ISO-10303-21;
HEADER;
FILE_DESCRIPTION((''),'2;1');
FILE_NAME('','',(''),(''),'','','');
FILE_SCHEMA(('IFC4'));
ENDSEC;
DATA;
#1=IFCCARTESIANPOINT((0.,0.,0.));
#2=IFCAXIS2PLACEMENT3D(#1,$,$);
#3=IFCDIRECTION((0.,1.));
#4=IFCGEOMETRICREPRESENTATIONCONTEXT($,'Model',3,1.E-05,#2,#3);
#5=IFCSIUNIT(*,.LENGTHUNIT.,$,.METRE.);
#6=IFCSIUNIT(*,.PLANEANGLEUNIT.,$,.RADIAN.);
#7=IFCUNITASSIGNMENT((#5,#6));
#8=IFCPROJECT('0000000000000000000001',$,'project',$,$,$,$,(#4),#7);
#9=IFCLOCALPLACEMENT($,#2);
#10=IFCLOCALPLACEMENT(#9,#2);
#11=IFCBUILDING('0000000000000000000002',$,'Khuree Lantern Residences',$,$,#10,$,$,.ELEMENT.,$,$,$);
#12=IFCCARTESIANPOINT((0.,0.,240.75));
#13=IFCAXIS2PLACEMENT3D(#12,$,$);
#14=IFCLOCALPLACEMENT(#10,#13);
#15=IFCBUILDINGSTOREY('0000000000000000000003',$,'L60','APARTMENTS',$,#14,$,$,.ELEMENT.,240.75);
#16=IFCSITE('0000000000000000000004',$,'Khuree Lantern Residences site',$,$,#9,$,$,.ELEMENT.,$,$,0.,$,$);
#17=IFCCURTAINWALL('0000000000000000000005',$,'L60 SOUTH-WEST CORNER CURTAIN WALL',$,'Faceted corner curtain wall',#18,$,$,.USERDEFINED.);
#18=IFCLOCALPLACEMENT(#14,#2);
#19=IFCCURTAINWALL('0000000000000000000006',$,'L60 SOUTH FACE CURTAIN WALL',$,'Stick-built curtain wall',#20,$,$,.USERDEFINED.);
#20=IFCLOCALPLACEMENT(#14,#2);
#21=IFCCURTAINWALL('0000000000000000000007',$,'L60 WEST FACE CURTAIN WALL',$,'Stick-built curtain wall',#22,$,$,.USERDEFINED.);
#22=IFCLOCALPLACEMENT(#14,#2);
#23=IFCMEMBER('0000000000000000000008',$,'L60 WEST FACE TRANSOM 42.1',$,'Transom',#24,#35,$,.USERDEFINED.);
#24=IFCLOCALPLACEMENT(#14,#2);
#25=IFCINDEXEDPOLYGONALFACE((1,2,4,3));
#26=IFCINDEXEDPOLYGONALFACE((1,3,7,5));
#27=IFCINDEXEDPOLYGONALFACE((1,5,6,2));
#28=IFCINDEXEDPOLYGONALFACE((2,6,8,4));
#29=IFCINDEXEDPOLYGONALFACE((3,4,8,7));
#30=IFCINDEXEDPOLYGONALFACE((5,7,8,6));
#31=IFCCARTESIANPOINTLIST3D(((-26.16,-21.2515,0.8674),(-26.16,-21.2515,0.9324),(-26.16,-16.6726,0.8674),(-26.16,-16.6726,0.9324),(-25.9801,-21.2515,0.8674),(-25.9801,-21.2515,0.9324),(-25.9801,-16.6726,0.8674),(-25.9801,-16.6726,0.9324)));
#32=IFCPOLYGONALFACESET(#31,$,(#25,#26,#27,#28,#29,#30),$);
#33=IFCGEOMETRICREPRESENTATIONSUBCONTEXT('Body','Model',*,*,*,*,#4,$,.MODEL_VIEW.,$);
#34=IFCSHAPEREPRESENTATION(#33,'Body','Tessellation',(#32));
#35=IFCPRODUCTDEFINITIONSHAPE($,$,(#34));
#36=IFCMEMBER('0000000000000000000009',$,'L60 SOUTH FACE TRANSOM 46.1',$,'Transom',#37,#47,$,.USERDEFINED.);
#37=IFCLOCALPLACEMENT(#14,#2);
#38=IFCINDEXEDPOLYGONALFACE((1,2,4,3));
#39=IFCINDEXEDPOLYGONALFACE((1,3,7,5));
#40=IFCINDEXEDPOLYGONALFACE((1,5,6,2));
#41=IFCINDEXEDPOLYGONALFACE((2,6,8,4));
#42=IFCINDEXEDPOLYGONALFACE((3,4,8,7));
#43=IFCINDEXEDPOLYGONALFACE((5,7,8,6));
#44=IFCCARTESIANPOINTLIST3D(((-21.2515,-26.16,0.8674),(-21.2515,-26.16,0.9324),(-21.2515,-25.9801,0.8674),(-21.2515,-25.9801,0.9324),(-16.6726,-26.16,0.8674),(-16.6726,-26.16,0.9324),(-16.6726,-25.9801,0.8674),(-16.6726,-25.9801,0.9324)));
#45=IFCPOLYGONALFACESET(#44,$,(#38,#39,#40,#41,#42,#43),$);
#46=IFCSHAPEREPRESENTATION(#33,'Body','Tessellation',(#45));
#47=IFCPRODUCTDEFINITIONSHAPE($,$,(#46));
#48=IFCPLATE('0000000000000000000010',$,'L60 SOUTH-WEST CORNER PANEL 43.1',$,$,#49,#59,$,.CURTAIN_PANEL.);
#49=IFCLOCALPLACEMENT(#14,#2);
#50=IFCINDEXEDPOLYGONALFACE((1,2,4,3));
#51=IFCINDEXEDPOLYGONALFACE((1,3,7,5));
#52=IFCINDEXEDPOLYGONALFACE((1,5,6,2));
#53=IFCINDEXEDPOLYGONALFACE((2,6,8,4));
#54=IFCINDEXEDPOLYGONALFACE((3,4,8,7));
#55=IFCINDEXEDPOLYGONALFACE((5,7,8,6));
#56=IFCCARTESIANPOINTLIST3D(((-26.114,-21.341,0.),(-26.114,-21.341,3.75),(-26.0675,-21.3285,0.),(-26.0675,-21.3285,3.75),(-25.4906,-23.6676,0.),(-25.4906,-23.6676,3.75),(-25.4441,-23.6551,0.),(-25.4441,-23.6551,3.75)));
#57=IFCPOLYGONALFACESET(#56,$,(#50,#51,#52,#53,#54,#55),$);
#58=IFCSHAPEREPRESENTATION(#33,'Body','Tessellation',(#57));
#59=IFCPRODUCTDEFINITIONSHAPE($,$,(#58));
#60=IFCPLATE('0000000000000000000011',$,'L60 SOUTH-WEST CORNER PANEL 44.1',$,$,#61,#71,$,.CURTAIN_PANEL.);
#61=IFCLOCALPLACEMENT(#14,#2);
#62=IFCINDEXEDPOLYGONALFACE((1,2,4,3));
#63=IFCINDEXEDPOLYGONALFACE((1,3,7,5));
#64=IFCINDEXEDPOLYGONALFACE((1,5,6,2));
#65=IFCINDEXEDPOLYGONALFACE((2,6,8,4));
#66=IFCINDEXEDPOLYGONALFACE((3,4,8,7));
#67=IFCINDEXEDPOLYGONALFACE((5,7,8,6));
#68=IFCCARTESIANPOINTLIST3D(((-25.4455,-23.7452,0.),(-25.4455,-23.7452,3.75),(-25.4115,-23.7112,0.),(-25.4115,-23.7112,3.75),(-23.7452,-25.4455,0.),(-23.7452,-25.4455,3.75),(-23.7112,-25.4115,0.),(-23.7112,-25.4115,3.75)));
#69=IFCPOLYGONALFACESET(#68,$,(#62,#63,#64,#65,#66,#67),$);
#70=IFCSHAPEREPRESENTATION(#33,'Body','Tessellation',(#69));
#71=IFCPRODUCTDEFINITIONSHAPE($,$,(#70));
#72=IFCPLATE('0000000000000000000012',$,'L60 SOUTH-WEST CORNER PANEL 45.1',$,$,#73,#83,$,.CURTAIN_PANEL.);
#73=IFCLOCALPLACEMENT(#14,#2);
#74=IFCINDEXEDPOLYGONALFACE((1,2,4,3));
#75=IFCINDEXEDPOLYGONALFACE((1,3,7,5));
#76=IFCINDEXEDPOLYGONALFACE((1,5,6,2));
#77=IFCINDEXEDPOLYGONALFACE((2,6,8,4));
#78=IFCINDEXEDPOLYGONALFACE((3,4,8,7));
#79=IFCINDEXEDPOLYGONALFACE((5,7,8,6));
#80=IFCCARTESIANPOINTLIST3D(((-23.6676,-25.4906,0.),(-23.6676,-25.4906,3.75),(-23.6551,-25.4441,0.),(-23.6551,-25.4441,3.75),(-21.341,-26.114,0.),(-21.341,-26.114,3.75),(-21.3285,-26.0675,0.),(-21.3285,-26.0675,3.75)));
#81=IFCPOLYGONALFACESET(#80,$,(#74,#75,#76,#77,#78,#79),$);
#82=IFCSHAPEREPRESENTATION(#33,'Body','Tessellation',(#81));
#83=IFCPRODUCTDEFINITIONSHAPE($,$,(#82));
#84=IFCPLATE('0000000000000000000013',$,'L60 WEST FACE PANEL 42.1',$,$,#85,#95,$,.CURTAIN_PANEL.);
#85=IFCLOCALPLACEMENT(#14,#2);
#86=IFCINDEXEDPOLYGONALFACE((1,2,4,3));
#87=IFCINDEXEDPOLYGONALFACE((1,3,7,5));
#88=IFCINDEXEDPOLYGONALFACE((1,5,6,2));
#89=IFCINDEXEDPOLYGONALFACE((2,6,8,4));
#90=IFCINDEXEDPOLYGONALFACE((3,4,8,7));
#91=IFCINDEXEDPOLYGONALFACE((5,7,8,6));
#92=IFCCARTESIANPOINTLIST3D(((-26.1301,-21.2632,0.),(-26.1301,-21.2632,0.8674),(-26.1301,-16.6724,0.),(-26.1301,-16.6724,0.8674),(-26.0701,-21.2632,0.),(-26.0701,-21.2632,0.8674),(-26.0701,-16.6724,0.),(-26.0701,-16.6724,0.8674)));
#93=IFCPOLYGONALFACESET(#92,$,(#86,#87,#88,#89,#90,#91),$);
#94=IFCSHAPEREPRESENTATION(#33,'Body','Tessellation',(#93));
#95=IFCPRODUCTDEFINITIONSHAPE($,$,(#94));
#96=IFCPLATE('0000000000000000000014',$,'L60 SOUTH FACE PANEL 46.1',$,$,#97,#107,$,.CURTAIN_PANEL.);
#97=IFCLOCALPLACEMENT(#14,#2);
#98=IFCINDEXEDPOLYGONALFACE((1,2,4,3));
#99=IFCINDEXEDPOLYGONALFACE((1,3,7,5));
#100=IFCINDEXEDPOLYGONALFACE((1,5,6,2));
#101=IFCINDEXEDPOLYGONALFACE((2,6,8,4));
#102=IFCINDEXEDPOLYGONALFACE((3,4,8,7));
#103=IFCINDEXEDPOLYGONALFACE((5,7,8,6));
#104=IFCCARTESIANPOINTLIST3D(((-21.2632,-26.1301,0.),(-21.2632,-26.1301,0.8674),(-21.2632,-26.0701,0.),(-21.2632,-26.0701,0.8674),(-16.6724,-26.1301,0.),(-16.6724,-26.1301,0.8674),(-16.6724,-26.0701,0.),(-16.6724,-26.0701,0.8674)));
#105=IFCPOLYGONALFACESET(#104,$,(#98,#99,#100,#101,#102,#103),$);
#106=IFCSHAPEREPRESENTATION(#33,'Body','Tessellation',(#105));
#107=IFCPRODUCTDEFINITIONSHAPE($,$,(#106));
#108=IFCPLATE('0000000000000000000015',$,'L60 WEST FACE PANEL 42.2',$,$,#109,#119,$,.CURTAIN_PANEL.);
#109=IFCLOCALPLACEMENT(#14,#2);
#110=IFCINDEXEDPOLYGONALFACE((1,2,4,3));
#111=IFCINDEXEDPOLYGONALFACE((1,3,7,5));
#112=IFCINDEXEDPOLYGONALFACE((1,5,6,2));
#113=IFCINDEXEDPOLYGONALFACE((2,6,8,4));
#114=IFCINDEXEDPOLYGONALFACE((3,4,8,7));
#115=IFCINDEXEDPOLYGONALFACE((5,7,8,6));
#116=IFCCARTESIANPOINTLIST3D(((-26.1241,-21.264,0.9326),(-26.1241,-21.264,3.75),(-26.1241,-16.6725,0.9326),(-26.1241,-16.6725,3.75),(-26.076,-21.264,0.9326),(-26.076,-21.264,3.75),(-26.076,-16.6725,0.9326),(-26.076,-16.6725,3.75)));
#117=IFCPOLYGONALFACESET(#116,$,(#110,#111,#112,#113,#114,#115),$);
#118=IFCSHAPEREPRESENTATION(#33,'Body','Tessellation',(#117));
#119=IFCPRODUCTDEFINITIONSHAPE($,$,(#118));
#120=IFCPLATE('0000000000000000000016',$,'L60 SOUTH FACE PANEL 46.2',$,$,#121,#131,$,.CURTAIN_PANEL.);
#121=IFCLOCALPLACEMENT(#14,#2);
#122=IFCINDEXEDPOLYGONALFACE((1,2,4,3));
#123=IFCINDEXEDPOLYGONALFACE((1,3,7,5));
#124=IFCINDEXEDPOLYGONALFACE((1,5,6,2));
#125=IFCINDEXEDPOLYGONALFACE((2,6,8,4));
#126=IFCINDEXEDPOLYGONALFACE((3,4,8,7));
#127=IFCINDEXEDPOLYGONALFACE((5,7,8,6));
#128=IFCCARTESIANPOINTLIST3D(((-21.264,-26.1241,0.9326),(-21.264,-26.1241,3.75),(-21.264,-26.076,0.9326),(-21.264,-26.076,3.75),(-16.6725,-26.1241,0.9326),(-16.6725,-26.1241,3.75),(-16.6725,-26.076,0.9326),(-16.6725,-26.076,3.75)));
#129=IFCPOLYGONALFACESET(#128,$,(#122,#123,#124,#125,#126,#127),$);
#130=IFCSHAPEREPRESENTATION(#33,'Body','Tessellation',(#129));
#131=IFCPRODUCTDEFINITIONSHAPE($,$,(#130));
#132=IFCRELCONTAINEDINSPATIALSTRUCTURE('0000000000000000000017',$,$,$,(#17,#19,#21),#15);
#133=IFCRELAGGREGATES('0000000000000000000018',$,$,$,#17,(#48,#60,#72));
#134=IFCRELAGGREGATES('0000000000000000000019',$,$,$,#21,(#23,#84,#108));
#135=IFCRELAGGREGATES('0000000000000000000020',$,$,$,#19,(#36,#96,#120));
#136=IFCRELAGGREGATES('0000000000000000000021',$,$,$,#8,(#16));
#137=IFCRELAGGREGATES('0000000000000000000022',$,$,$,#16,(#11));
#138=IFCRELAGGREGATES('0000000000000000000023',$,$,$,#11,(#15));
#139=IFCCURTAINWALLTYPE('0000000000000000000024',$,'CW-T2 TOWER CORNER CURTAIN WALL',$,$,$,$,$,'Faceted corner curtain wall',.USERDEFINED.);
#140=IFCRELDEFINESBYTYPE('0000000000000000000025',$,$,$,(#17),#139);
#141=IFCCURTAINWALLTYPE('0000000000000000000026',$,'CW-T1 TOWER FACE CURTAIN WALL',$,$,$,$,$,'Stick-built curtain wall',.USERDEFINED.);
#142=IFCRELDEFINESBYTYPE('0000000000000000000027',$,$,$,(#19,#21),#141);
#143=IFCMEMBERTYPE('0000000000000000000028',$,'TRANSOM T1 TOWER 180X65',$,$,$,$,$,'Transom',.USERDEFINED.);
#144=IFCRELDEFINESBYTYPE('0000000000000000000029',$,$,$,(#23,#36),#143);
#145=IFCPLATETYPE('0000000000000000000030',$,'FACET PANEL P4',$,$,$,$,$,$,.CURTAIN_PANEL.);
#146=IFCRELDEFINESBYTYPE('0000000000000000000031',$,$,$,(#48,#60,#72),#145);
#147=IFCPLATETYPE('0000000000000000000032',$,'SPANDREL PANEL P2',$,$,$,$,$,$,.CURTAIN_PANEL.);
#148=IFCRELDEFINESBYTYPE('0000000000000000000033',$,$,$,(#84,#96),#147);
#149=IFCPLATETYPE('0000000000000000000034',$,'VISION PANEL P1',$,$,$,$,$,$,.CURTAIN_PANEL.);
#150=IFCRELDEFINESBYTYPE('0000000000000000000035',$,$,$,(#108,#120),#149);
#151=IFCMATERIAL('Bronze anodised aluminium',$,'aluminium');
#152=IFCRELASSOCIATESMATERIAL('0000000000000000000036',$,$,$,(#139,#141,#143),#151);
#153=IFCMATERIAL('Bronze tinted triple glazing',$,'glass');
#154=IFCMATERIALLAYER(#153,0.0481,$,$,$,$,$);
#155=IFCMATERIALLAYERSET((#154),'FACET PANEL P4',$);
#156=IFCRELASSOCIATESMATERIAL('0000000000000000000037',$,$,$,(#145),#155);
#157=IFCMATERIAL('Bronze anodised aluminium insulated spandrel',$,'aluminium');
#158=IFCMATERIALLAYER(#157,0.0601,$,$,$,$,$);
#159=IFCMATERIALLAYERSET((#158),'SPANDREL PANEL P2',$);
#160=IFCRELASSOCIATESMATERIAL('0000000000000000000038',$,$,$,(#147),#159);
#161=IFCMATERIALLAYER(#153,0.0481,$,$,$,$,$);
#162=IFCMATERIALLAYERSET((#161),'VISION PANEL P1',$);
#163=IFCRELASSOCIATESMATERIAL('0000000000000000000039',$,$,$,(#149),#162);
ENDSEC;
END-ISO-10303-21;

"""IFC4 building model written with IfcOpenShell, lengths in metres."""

from ifc_helpers import new_model, si_unit, direction, frame, origin, origin_2d, place, context, subcontext, project, spatial, rectangle, extrude, material, layer, layer_set, material_profile, profile_set, type_object, element, aggregate, save


model = new_model("IFC4")

# Units and contexts
model_context = context("Model", 3, precision=1e-05, world=origin(), true_north=direction((0.0, 1.0)))
body_context = subcontext(model_context, "Body", "Model", "MODEL_VIEW")
ifc_project = project(units=[si_unit("LENGTHUNIT", "METRE"), si_unit("PLANEANGLEUNIT", "RADIAN")], contexts=[model_context])

# Site, building, storey
site_placement = place(None, origin())
site = spatial("IfcSite", under=ifc_project, at=site_placement, Name="Khuree Lantern Residences site", CompositionType="ELEMENT", RefElevation=0.0)
building_placement = place(site_placement, origin())
building = spatial("IfcBuilding", under=site, at=building_placement, Name="Khuree Lantern Residences", CompositionType="ELEMENT")
storey_placement = place(building_placement, frame((0.0, 0.0, 240.75)))
storey = spatial("IfcBuildingStorey", under=building, at=storey_placement, Name="L60", Description="APARTMENTS", CompositionType="ELEMENT", Elevation=240.75)

# Curtain walls
ifc_material_1 = material(Name="Bronze anodised aluminium", Category="aluminium")
curtain_wall_type_1 = type_object("IfcCurtainWallType", Name="CW-T2 TOWER CORNER CURTAIN WALL", ElementType="Faceted corner curtain wall", PredefinedType="USERDEFINED", material=ifc_material_1)
curtain_wall_1_placement = place(storey_placement, origin())
curtain_wall_1 = element("IfcCurtainWall", 1, at=curtain_wall_1_placement, inside=storey, type_object=curtain_wall_type_1, Name="L60 SOUTH-WEST CORNER CURTAIN WALL", ObjectType="Faceted corner curtain wall", PredefinedType="USERDEFINED")
curtain_wall_type_2 = type_object("IfcCurtainWallType", Name="CW-T1 TOWER FACE CURTAIN WALL", ElementType="Stick-built curtain wall", PredefinedType="USERDEFINED", material=ifc_material_1)
curtain_wall_2_placement = place(storey_placement, origin())
curtain_wall_2 = element("IfcCurtainWall", 2, at=curtain_wall_2_placement, inside=storey, type_object=curtain_wall_type_2, Name="L60 SOUTH FACE CURTAIN WALL", ObjectType="Stick-built curtain wall", PredefinedType="USERDEFINED")

# Curtain wall
curtain_wall_3_placement = place(storey_placement, origin())
curtain_wall_3 = element("IfcCurtainWall", 3, at=curtain_wall_3_placement, inside=storey, type_object=curtain_wall_type_2, Name="L60 WEST FACE CURTAIN WALL", ObjectType="Stick-built curtain wall", PredefinedType="USERDEFINED")

# Members
ifc_material_profile_1 = material_profile(ifc_material_1, rectangle(XDim=0.1799, YDim=0.0649, at=origin_2d()), Name="T1 180X65")
ifc_profile_set_1 = profile_set([ifc_material_profile_1], Name="Bronze anodised aluminium")
member_type_1 = type_object("IfcMemberType", Name="TRANSOM T1 TOWER 180X65", ElementType="Transom", PredefinedType="USERDEFINED", material=ifc_profile_set_1)
member_1_placement = place(storey_placement, frame((-26.0701, -16.6726, 0.8999), z_axis=(0.0, -1.0, 0.0), x_axis=(1.0, 0.0, 0.0)))
member_1 = element("IfcMember", 4, at=member_1_placement, type_object=member_type_1, Name="L60 WEST FACE TRANSOM 42.1", ObjectType="Transom", PredefinedType="USERDEFINED", context=body_context, shape_type="SweptSolid", body=[
    extrude(rectangle(XDim=0.1799, YDim=0.0649, at=origin_2d()), origin(), (0.0, 0.0, 1.0), 4.5789),
])
member_2_placement = place(storey_placement, frame((-21.2515, -26.0701, 0.8999), z_axis=(1.0, 0.0, 0.0), x_axis=(0.0, 1.0, 0.0)))
member_2 = element("IfcMember", 5, at=member_2_placement, type_object=member_type_1, Name="L60 SOUTH FACE TRANSOM 46.1", ObjectType="Transom", PredefinedType="USERDEFINED", context=body_context, shape_type="SweptSolid", body=[
    extrude(rectangle(XDim=0.1799, YDim=0.0649, at=origin_2d()), origin(), (0.0, 0.0, 1.0), 4.5789),
])

# Plates
ifc_material_2 = material(Name="Bronze tinted triple glazing", Category="glass")
ifc_layer_1 = layer(ifc_material_2, 0.0481)
ifc_layer_set_1 = layer_set([ifc_layer_1], Name="FACET PANEL P4")
plate_type_1 = type_object("IfcPlateType", Name="FACET PANEL P4", PredefinedType="CURTAIN_PANEL", material=ifc_layer_set_1)
plate_1_placement = place(storey_placement, frame((-25.7791, -22.498, 0.0), z_axis=(0.0, 0.0, 1.0), x_axis=(0.258819, -0.965926, 0.0)))
plate_1 = element("IfcPlate", 6, at=plate_1_placement, type_object=plate_type_1, Name="L60 SOUTH-WEST CORNER PANEL 43.1", PredefinedType="CURTAIN_PANEL", context=body_context, shape_type="SweptSolid", body=[
    extrude(rectangle(XDim=2.4087, YDim=0.0481, at=origin_2d()), origin(), (0.0, 0.0, 1.0), 3.75),
])
plate_2_placement = place(storey_placement, frame((-24.5784, -24.5784, 0.0), z_axis=(0.0, 0.0, 1.0), x_axis=(0.707107, -0.707107, 0.0)))
plate_2 = element("IfcPlate", 7, at=plate_2_placement, type_object=plate_type_1, Name="L60 SOUTH-WEST CORNER PANEL 44.1", PredefinedType="CURTAIN_PANEL", context=body_context, shape_type="SweptSolid", body=[
    extrude(rectangle(XDim=2.4045, YDim=0.0481, at=origin_2d()), origin(), (0.0, 0.0, 1.0), 3.75),
])
plate_3_placement = place(storey_placement, frame((-22.498, -25.7791, 0.0), z_axis=(0.0, 0.0, 1.0), x_axis=(0.965926, -0.258819, 0.0)))
plate_3 = element("IfcPlate", 8, at=plate_3_placement, type_object=plate_type_1, Name="L60 SOUTH-WEST CORNER PANEL 45.1", PredefinedType="CURTAIN_PANEL", context=body_context, shape_type="SweptSolid", body=[
    extrude(rectangle(XDim=2.4087, YDim=0.0481, at=origin_2d()), origin(), (0.0, 0.0, 1.0), 3.75),
])
aggregate(curtain_wall_1, [plate_1, plate_2, plate_3])
ifc_material_3 = material(Name="Bronze anodised aluminium insulated spandrel", Category="aluminium")
ifc_layer_2 = layer(ifc_material_3, 0.0601)
ifc_layer_set_2 = layer_set([ifc_layer_2], Name="SPANDREL PANEL P2")
plate_type_2 = type_object("IfcPlateType", Name="SPANDREL PANEL P2", PredefinedType="CURTAIN_PANEL", material=ifc_layer_set_2)
plate_4_placement = place(storey_placement, frame((-26.1001, -18.9678, 0.0), z_axis=(0.0, 0.0, 1.0), x_axis=(0.0, -1.0, 0.0)))
plate_4 = element("IfcPlate", 9, at=plate_4_placement, type_object=plate_type_2, Name="L60 WEST FACE PANEL 42.1", PredefinedType="CURTAIN_PANEL", context=body_context, shape_type="SweptSolid", body=[
    extrude(rectangle(XDim=4.5908, YDim=0.0601, at=origin_2d()), origin(), (0.0, 0.0, 1.0), 0.8674),
])
plate_5_placement = place(storey_placement, frame((-18.9678, -26.1001, 0.0), z_axis=(0.0, 0.0, 1.0), x_axis=(1.0, 0.0, 0.0)))
plate_5 = element("IfcPlate", 10, at=plate_5_placement, type_object=plate_type_2, Name="L60 SOUTH FACE PANEL 46.1", PredefinedType="CURTAIN_PANEL", context=body_context, shape_type="SweptSolid", body=[
    extrude(rectangle(XDim=4.5908, YDim=0.0601, at=origin_2d()), origin(), (0.0, 0.0, 1.0), 0.8674),
])
ifc_layer_3 = layer(ifc_material_2, 0.0481)
ifc_layer_set_3 = layer_set([ifc_layer_3], Name="VISION PANEL P1")
plate_type_3 = type_object("IfcPlateType", Name="VISION PANEL P1", PredefinedType="CURTAIN_PANEL", material=ifc_layer_set_3)
plate_6_placement = place(storey_placement, frame((-26.1001, -18.9683, 0.9326), z_axis=(0.0, 0.0, 1.0), x_axis=(0.0, -1.0, 0.0)))
plate_6 = element("IfcPlate", 11, at=plate_6_placement, type_object=plate_type_3, Name="L60 WEST FACE PANEL 42.2", PredefinedType="CURTAIN_PANEL", context=body_context, shape_type="SweptSolid", body=[
    extrude(rectangle(XDim=4.5916, YDim=0.0481, at=origin_2d()), origin(), (0.0, 0.0, 1.0), 2.8174),
])
aggregate(curtain_wall_3, [member_1, plate_4, plate_6])
plate_7_placement = place(storey_placement, frame((-18.9683, -26.1001, 0.9326), z_axis=(0.0, 0.0, 1.0), x_axis=(1.0, 0.0, 0.0)))
plate_7 = element("IfcPlate", 12, at=plate_7_placement, type_object=plate_type_3, Name="L60 SOUTH FACE PANEL 46.2", PredefinedType="CURTAIN_PANEL", context=body_context, shape_type="SweptSolid", body=[
    extrude(rectangle(XDim=4.5916, YDim=0.0481, at=origin_2d()), origin(), (0.0, 0.0, 1.0), 2.8174),
])
aggregate(curtain_wall_2, [member_2, plate_5, plate_7])

save(model, "model.ifc")
